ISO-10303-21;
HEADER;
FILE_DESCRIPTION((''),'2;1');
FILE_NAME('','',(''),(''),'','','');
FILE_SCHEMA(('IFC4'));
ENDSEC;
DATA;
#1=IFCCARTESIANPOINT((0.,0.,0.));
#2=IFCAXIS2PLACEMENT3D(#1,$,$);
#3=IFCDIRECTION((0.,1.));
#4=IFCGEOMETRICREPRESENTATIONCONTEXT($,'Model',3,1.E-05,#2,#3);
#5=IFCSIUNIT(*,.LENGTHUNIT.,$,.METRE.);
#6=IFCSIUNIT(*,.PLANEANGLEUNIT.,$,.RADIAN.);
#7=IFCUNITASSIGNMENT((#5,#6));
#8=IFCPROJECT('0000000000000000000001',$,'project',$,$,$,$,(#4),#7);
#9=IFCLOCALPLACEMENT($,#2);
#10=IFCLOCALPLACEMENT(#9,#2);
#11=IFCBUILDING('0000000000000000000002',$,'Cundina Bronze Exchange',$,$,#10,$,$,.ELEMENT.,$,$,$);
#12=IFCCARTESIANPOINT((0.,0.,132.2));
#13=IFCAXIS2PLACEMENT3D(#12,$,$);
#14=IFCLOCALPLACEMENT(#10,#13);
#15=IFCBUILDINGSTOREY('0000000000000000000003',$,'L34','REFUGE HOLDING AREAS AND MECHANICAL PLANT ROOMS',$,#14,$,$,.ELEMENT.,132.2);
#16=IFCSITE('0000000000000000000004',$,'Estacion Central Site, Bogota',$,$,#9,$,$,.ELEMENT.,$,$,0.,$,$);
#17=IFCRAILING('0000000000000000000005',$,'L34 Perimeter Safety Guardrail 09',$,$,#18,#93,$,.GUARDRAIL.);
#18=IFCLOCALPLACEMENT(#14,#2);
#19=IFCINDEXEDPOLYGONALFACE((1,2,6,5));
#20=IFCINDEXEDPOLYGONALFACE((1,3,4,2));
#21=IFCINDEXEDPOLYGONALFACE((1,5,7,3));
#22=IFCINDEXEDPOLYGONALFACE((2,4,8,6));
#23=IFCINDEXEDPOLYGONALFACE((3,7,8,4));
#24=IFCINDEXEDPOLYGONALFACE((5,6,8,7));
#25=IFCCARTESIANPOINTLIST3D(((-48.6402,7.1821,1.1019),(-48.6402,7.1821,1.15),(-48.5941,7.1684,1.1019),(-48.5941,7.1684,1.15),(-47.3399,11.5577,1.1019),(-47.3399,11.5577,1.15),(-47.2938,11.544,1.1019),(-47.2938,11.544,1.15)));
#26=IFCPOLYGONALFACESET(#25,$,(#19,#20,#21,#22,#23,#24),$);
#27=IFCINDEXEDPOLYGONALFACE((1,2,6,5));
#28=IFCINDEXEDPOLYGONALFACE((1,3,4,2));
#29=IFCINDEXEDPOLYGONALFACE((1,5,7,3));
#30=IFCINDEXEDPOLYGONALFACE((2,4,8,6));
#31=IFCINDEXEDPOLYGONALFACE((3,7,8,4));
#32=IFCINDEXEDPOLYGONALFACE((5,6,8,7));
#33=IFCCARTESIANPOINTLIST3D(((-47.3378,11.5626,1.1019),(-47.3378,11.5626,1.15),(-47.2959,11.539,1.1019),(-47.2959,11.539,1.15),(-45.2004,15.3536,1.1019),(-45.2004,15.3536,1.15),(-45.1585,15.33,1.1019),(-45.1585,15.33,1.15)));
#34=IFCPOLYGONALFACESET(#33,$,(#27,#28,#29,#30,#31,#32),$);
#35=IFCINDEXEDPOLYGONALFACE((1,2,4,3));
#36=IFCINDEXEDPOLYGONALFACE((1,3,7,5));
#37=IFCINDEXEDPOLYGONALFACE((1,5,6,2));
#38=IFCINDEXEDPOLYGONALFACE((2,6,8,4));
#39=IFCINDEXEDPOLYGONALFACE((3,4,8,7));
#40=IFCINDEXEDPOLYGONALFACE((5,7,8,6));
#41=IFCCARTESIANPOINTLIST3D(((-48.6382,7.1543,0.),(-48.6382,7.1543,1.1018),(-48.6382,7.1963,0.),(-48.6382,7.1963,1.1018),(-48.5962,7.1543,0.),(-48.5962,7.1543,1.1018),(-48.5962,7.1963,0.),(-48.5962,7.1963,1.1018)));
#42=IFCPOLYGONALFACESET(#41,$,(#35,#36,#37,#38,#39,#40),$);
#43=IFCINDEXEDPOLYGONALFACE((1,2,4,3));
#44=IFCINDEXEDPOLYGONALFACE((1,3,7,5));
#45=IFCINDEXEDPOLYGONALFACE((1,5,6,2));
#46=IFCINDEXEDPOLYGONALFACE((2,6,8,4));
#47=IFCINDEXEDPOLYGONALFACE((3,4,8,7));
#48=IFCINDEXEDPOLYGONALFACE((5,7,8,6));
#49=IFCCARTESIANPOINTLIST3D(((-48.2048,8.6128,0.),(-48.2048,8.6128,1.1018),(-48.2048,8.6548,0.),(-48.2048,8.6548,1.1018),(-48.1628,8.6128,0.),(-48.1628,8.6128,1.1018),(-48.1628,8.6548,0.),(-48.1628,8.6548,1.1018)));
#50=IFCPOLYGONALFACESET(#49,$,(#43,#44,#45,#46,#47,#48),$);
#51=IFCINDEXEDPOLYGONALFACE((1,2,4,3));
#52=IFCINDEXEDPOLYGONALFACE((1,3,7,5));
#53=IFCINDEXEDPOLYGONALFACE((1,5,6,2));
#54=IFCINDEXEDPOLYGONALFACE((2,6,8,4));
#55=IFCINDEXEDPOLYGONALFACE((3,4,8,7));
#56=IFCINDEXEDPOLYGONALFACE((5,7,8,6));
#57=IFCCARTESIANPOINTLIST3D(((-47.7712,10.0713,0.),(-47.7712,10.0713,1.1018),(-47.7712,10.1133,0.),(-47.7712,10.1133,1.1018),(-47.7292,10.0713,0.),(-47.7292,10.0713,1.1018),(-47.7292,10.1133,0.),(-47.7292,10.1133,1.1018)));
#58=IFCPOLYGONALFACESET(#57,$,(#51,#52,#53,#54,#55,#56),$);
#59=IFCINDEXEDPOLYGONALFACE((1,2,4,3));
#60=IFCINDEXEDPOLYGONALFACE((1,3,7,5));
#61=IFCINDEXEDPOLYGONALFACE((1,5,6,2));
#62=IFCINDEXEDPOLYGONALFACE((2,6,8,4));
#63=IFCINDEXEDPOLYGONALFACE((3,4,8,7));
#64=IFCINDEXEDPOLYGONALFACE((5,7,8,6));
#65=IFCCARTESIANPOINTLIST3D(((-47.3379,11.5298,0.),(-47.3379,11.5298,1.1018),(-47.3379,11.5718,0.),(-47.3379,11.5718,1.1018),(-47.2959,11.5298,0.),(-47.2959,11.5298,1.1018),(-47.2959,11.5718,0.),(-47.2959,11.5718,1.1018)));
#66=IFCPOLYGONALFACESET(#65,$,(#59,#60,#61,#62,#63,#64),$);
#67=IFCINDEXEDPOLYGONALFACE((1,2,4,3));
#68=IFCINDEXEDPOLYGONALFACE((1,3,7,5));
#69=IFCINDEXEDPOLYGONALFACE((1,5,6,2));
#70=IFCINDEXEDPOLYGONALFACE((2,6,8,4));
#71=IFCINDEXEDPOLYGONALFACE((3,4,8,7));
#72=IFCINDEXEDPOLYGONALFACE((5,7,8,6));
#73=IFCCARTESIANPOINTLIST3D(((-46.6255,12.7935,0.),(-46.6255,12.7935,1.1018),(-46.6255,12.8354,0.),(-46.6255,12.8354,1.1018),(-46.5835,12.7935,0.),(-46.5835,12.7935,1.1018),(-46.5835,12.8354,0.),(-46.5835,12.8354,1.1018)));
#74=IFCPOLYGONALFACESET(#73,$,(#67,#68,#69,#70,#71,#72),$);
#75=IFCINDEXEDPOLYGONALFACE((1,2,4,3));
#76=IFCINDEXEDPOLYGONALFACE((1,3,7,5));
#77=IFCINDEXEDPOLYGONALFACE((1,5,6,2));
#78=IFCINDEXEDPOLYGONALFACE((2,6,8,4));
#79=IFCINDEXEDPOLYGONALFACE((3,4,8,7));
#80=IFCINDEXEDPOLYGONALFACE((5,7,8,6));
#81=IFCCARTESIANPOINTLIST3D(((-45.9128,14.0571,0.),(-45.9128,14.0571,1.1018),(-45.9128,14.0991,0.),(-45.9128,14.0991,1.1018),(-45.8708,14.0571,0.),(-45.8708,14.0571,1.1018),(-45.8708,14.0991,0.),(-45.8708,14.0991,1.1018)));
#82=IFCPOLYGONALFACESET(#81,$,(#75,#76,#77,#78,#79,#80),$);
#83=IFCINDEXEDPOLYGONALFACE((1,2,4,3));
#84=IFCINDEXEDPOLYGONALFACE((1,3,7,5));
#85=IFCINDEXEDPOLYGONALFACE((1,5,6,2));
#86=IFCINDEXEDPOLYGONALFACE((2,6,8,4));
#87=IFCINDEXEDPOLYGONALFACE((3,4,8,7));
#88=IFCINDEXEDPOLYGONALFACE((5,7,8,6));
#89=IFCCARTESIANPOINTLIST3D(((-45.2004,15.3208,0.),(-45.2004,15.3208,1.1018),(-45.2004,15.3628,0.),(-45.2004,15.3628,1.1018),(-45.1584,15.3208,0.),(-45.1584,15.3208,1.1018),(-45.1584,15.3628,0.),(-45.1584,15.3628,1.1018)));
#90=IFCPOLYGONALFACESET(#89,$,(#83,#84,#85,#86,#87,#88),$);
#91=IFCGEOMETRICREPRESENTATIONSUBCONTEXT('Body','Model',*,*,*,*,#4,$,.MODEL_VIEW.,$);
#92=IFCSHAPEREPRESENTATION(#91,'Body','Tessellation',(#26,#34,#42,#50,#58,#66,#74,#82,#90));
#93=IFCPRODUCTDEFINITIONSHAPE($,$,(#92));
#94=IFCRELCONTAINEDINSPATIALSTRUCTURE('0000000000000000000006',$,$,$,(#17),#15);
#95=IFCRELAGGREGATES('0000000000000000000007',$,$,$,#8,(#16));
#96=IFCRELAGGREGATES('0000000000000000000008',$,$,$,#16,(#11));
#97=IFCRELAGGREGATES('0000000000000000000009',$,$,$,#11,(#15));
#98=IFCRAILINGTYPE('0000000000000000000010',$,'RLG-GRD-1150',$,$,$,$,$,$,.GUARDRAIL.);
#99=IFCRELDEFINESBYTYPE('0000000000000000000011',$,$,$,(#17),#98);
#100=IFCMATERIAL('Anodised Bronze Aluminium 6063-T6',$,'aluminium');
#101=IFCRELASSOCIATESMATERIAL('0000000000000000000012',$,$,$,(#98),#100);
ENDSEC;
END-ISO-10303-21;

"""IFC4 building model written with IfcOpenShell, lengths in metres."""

from ifc_helpers import new_model, si_unit, direction, frame, origin, origin_2d, place, context, subcontext, project, spatial, rectangle, extrude, material, type_object, element, save


model = new_model("IFC4")

# Units and contexts
model_context = context("Model", 3, precision=1e-05, world=origin(), true_north=direction((0.0, 1.0)))
body_context = subcontext(model_context, "Body", "Model", "MODEL_VIEW")
ifc_project = project(units=[si_unit("LENGTHUNIT", "METRE"), si_unit("PLANEANGLEUNIT", "RADIAN")], contexts=[model_context])

# Site, building, storey
site_placement = place(None, origin())
site = spatial("IfcSite", under=ifc_project, at=site_placement, Name="Estacion Central Site, Bogota", CompositionType="ELEMENT", RefElevation=0.0)
building_placement = place(site_placement, origin())
building = spatial("IfcBuilding", under=site, at=building_placement, Name="Cundina Bronze Exchange", CompositionType="ELEMENT")
storey_placement = place(building_placement, frame((0.0, 0.0, 132.2)))
storey = spatial("IfcBuildingStorey", under=building, at=storey_placement, Name="L34", Description="REFUGE HOLDING AREAS AND MECHANICAL PLANT ROOMS", CompositionType="ELEMENT", Elevation=132.2)

# Railing
ifc_material_1 = material(Name="Anodised Bronze Aluminium 6063-T6", Category="aluminium")
railing_type = type_object("IfcRailingType", Name="RLG-GRD-1150", PredefinedType="GUARDRAIL", material=ifc_material_1)
railing_placement = place(storey_placement, frame((-48.6172, 7.1753, 0.0)))
element("IfcRailing", 1, at=railing_placement, inside=storey, type_object=railing_type, Name="L34 Perimeter Safety Guardrail 09", PredefinedType="GUARDRAIL", context=body_context, shape_type="SweptSolid", body=[
    extrude(rectangle(XDim=0.0481, YDim=0.0481, at=origin_2d()), frame((0.0, 0.0, 1.126), z_axis=(0.284864, 0.958568, 0.0), x_axis=(-0.958568, 0.284864, 0.0)), (0.0, 0.0, 1.0), 4.5647),
    extrude(rectangle(XDim=0.0481, YDim=0.0481, at=origin_2d()), frame((1.3003, 4.3755, 1.126), z_axis=(0.491135, 0.871084, 0.0), x_axis=(-0.871084, 0.491135, 0.0)), (0.0, 0.0, 1.0), 4.3521),
    extrude(rectangle(XDim=0.042, YDim=0.042, at=origin_2d()), origin(), (0.0, 0.0, 1.0), 1.1018),
    extrude(rectangle(XDim=0.042, YDim=0.042, at=origin_2d()), frame((0.4333, 1.4585, 0.0)), (0.0, 0.0, 1.0), 1.1018),
    extrude(rectangle(XDim=0.042, YDim=0.042, at=origin_2d()), frame((0.8669, 2.917, 0.0)), (0.0, 0.0, 1.0), 1.1018),
    extrude(rectangle(XDim=0.042, YDim=0.042, at=origin_2d()), frame((1.3003, 4.3755, 0.0)), (0.0, 0.0, 1.0), 1.1018),
    extrude(rectangle(XDim=0.042, YDim=0.042, at=origin_2d()), frame((2.0127, 5.6392, 0.0)), (0.0, 0.0, 1.0), 1.1018),
    extrude(rectangle(XDim=0.042, YDim=0.042, at=origin_2d()), frame((2.7253, 6.9028, 0.0)), (0.0, 0.0, 1.0), 1.1018),
    extrude(rectangle(XDim=0.042, YDim=0.042, at=origin_2d()), frame((3.4377, 8.1665, 0.0)), (0.0, 0.0, 1.0), 1.1018),
])

save(model, "model.ifc")
